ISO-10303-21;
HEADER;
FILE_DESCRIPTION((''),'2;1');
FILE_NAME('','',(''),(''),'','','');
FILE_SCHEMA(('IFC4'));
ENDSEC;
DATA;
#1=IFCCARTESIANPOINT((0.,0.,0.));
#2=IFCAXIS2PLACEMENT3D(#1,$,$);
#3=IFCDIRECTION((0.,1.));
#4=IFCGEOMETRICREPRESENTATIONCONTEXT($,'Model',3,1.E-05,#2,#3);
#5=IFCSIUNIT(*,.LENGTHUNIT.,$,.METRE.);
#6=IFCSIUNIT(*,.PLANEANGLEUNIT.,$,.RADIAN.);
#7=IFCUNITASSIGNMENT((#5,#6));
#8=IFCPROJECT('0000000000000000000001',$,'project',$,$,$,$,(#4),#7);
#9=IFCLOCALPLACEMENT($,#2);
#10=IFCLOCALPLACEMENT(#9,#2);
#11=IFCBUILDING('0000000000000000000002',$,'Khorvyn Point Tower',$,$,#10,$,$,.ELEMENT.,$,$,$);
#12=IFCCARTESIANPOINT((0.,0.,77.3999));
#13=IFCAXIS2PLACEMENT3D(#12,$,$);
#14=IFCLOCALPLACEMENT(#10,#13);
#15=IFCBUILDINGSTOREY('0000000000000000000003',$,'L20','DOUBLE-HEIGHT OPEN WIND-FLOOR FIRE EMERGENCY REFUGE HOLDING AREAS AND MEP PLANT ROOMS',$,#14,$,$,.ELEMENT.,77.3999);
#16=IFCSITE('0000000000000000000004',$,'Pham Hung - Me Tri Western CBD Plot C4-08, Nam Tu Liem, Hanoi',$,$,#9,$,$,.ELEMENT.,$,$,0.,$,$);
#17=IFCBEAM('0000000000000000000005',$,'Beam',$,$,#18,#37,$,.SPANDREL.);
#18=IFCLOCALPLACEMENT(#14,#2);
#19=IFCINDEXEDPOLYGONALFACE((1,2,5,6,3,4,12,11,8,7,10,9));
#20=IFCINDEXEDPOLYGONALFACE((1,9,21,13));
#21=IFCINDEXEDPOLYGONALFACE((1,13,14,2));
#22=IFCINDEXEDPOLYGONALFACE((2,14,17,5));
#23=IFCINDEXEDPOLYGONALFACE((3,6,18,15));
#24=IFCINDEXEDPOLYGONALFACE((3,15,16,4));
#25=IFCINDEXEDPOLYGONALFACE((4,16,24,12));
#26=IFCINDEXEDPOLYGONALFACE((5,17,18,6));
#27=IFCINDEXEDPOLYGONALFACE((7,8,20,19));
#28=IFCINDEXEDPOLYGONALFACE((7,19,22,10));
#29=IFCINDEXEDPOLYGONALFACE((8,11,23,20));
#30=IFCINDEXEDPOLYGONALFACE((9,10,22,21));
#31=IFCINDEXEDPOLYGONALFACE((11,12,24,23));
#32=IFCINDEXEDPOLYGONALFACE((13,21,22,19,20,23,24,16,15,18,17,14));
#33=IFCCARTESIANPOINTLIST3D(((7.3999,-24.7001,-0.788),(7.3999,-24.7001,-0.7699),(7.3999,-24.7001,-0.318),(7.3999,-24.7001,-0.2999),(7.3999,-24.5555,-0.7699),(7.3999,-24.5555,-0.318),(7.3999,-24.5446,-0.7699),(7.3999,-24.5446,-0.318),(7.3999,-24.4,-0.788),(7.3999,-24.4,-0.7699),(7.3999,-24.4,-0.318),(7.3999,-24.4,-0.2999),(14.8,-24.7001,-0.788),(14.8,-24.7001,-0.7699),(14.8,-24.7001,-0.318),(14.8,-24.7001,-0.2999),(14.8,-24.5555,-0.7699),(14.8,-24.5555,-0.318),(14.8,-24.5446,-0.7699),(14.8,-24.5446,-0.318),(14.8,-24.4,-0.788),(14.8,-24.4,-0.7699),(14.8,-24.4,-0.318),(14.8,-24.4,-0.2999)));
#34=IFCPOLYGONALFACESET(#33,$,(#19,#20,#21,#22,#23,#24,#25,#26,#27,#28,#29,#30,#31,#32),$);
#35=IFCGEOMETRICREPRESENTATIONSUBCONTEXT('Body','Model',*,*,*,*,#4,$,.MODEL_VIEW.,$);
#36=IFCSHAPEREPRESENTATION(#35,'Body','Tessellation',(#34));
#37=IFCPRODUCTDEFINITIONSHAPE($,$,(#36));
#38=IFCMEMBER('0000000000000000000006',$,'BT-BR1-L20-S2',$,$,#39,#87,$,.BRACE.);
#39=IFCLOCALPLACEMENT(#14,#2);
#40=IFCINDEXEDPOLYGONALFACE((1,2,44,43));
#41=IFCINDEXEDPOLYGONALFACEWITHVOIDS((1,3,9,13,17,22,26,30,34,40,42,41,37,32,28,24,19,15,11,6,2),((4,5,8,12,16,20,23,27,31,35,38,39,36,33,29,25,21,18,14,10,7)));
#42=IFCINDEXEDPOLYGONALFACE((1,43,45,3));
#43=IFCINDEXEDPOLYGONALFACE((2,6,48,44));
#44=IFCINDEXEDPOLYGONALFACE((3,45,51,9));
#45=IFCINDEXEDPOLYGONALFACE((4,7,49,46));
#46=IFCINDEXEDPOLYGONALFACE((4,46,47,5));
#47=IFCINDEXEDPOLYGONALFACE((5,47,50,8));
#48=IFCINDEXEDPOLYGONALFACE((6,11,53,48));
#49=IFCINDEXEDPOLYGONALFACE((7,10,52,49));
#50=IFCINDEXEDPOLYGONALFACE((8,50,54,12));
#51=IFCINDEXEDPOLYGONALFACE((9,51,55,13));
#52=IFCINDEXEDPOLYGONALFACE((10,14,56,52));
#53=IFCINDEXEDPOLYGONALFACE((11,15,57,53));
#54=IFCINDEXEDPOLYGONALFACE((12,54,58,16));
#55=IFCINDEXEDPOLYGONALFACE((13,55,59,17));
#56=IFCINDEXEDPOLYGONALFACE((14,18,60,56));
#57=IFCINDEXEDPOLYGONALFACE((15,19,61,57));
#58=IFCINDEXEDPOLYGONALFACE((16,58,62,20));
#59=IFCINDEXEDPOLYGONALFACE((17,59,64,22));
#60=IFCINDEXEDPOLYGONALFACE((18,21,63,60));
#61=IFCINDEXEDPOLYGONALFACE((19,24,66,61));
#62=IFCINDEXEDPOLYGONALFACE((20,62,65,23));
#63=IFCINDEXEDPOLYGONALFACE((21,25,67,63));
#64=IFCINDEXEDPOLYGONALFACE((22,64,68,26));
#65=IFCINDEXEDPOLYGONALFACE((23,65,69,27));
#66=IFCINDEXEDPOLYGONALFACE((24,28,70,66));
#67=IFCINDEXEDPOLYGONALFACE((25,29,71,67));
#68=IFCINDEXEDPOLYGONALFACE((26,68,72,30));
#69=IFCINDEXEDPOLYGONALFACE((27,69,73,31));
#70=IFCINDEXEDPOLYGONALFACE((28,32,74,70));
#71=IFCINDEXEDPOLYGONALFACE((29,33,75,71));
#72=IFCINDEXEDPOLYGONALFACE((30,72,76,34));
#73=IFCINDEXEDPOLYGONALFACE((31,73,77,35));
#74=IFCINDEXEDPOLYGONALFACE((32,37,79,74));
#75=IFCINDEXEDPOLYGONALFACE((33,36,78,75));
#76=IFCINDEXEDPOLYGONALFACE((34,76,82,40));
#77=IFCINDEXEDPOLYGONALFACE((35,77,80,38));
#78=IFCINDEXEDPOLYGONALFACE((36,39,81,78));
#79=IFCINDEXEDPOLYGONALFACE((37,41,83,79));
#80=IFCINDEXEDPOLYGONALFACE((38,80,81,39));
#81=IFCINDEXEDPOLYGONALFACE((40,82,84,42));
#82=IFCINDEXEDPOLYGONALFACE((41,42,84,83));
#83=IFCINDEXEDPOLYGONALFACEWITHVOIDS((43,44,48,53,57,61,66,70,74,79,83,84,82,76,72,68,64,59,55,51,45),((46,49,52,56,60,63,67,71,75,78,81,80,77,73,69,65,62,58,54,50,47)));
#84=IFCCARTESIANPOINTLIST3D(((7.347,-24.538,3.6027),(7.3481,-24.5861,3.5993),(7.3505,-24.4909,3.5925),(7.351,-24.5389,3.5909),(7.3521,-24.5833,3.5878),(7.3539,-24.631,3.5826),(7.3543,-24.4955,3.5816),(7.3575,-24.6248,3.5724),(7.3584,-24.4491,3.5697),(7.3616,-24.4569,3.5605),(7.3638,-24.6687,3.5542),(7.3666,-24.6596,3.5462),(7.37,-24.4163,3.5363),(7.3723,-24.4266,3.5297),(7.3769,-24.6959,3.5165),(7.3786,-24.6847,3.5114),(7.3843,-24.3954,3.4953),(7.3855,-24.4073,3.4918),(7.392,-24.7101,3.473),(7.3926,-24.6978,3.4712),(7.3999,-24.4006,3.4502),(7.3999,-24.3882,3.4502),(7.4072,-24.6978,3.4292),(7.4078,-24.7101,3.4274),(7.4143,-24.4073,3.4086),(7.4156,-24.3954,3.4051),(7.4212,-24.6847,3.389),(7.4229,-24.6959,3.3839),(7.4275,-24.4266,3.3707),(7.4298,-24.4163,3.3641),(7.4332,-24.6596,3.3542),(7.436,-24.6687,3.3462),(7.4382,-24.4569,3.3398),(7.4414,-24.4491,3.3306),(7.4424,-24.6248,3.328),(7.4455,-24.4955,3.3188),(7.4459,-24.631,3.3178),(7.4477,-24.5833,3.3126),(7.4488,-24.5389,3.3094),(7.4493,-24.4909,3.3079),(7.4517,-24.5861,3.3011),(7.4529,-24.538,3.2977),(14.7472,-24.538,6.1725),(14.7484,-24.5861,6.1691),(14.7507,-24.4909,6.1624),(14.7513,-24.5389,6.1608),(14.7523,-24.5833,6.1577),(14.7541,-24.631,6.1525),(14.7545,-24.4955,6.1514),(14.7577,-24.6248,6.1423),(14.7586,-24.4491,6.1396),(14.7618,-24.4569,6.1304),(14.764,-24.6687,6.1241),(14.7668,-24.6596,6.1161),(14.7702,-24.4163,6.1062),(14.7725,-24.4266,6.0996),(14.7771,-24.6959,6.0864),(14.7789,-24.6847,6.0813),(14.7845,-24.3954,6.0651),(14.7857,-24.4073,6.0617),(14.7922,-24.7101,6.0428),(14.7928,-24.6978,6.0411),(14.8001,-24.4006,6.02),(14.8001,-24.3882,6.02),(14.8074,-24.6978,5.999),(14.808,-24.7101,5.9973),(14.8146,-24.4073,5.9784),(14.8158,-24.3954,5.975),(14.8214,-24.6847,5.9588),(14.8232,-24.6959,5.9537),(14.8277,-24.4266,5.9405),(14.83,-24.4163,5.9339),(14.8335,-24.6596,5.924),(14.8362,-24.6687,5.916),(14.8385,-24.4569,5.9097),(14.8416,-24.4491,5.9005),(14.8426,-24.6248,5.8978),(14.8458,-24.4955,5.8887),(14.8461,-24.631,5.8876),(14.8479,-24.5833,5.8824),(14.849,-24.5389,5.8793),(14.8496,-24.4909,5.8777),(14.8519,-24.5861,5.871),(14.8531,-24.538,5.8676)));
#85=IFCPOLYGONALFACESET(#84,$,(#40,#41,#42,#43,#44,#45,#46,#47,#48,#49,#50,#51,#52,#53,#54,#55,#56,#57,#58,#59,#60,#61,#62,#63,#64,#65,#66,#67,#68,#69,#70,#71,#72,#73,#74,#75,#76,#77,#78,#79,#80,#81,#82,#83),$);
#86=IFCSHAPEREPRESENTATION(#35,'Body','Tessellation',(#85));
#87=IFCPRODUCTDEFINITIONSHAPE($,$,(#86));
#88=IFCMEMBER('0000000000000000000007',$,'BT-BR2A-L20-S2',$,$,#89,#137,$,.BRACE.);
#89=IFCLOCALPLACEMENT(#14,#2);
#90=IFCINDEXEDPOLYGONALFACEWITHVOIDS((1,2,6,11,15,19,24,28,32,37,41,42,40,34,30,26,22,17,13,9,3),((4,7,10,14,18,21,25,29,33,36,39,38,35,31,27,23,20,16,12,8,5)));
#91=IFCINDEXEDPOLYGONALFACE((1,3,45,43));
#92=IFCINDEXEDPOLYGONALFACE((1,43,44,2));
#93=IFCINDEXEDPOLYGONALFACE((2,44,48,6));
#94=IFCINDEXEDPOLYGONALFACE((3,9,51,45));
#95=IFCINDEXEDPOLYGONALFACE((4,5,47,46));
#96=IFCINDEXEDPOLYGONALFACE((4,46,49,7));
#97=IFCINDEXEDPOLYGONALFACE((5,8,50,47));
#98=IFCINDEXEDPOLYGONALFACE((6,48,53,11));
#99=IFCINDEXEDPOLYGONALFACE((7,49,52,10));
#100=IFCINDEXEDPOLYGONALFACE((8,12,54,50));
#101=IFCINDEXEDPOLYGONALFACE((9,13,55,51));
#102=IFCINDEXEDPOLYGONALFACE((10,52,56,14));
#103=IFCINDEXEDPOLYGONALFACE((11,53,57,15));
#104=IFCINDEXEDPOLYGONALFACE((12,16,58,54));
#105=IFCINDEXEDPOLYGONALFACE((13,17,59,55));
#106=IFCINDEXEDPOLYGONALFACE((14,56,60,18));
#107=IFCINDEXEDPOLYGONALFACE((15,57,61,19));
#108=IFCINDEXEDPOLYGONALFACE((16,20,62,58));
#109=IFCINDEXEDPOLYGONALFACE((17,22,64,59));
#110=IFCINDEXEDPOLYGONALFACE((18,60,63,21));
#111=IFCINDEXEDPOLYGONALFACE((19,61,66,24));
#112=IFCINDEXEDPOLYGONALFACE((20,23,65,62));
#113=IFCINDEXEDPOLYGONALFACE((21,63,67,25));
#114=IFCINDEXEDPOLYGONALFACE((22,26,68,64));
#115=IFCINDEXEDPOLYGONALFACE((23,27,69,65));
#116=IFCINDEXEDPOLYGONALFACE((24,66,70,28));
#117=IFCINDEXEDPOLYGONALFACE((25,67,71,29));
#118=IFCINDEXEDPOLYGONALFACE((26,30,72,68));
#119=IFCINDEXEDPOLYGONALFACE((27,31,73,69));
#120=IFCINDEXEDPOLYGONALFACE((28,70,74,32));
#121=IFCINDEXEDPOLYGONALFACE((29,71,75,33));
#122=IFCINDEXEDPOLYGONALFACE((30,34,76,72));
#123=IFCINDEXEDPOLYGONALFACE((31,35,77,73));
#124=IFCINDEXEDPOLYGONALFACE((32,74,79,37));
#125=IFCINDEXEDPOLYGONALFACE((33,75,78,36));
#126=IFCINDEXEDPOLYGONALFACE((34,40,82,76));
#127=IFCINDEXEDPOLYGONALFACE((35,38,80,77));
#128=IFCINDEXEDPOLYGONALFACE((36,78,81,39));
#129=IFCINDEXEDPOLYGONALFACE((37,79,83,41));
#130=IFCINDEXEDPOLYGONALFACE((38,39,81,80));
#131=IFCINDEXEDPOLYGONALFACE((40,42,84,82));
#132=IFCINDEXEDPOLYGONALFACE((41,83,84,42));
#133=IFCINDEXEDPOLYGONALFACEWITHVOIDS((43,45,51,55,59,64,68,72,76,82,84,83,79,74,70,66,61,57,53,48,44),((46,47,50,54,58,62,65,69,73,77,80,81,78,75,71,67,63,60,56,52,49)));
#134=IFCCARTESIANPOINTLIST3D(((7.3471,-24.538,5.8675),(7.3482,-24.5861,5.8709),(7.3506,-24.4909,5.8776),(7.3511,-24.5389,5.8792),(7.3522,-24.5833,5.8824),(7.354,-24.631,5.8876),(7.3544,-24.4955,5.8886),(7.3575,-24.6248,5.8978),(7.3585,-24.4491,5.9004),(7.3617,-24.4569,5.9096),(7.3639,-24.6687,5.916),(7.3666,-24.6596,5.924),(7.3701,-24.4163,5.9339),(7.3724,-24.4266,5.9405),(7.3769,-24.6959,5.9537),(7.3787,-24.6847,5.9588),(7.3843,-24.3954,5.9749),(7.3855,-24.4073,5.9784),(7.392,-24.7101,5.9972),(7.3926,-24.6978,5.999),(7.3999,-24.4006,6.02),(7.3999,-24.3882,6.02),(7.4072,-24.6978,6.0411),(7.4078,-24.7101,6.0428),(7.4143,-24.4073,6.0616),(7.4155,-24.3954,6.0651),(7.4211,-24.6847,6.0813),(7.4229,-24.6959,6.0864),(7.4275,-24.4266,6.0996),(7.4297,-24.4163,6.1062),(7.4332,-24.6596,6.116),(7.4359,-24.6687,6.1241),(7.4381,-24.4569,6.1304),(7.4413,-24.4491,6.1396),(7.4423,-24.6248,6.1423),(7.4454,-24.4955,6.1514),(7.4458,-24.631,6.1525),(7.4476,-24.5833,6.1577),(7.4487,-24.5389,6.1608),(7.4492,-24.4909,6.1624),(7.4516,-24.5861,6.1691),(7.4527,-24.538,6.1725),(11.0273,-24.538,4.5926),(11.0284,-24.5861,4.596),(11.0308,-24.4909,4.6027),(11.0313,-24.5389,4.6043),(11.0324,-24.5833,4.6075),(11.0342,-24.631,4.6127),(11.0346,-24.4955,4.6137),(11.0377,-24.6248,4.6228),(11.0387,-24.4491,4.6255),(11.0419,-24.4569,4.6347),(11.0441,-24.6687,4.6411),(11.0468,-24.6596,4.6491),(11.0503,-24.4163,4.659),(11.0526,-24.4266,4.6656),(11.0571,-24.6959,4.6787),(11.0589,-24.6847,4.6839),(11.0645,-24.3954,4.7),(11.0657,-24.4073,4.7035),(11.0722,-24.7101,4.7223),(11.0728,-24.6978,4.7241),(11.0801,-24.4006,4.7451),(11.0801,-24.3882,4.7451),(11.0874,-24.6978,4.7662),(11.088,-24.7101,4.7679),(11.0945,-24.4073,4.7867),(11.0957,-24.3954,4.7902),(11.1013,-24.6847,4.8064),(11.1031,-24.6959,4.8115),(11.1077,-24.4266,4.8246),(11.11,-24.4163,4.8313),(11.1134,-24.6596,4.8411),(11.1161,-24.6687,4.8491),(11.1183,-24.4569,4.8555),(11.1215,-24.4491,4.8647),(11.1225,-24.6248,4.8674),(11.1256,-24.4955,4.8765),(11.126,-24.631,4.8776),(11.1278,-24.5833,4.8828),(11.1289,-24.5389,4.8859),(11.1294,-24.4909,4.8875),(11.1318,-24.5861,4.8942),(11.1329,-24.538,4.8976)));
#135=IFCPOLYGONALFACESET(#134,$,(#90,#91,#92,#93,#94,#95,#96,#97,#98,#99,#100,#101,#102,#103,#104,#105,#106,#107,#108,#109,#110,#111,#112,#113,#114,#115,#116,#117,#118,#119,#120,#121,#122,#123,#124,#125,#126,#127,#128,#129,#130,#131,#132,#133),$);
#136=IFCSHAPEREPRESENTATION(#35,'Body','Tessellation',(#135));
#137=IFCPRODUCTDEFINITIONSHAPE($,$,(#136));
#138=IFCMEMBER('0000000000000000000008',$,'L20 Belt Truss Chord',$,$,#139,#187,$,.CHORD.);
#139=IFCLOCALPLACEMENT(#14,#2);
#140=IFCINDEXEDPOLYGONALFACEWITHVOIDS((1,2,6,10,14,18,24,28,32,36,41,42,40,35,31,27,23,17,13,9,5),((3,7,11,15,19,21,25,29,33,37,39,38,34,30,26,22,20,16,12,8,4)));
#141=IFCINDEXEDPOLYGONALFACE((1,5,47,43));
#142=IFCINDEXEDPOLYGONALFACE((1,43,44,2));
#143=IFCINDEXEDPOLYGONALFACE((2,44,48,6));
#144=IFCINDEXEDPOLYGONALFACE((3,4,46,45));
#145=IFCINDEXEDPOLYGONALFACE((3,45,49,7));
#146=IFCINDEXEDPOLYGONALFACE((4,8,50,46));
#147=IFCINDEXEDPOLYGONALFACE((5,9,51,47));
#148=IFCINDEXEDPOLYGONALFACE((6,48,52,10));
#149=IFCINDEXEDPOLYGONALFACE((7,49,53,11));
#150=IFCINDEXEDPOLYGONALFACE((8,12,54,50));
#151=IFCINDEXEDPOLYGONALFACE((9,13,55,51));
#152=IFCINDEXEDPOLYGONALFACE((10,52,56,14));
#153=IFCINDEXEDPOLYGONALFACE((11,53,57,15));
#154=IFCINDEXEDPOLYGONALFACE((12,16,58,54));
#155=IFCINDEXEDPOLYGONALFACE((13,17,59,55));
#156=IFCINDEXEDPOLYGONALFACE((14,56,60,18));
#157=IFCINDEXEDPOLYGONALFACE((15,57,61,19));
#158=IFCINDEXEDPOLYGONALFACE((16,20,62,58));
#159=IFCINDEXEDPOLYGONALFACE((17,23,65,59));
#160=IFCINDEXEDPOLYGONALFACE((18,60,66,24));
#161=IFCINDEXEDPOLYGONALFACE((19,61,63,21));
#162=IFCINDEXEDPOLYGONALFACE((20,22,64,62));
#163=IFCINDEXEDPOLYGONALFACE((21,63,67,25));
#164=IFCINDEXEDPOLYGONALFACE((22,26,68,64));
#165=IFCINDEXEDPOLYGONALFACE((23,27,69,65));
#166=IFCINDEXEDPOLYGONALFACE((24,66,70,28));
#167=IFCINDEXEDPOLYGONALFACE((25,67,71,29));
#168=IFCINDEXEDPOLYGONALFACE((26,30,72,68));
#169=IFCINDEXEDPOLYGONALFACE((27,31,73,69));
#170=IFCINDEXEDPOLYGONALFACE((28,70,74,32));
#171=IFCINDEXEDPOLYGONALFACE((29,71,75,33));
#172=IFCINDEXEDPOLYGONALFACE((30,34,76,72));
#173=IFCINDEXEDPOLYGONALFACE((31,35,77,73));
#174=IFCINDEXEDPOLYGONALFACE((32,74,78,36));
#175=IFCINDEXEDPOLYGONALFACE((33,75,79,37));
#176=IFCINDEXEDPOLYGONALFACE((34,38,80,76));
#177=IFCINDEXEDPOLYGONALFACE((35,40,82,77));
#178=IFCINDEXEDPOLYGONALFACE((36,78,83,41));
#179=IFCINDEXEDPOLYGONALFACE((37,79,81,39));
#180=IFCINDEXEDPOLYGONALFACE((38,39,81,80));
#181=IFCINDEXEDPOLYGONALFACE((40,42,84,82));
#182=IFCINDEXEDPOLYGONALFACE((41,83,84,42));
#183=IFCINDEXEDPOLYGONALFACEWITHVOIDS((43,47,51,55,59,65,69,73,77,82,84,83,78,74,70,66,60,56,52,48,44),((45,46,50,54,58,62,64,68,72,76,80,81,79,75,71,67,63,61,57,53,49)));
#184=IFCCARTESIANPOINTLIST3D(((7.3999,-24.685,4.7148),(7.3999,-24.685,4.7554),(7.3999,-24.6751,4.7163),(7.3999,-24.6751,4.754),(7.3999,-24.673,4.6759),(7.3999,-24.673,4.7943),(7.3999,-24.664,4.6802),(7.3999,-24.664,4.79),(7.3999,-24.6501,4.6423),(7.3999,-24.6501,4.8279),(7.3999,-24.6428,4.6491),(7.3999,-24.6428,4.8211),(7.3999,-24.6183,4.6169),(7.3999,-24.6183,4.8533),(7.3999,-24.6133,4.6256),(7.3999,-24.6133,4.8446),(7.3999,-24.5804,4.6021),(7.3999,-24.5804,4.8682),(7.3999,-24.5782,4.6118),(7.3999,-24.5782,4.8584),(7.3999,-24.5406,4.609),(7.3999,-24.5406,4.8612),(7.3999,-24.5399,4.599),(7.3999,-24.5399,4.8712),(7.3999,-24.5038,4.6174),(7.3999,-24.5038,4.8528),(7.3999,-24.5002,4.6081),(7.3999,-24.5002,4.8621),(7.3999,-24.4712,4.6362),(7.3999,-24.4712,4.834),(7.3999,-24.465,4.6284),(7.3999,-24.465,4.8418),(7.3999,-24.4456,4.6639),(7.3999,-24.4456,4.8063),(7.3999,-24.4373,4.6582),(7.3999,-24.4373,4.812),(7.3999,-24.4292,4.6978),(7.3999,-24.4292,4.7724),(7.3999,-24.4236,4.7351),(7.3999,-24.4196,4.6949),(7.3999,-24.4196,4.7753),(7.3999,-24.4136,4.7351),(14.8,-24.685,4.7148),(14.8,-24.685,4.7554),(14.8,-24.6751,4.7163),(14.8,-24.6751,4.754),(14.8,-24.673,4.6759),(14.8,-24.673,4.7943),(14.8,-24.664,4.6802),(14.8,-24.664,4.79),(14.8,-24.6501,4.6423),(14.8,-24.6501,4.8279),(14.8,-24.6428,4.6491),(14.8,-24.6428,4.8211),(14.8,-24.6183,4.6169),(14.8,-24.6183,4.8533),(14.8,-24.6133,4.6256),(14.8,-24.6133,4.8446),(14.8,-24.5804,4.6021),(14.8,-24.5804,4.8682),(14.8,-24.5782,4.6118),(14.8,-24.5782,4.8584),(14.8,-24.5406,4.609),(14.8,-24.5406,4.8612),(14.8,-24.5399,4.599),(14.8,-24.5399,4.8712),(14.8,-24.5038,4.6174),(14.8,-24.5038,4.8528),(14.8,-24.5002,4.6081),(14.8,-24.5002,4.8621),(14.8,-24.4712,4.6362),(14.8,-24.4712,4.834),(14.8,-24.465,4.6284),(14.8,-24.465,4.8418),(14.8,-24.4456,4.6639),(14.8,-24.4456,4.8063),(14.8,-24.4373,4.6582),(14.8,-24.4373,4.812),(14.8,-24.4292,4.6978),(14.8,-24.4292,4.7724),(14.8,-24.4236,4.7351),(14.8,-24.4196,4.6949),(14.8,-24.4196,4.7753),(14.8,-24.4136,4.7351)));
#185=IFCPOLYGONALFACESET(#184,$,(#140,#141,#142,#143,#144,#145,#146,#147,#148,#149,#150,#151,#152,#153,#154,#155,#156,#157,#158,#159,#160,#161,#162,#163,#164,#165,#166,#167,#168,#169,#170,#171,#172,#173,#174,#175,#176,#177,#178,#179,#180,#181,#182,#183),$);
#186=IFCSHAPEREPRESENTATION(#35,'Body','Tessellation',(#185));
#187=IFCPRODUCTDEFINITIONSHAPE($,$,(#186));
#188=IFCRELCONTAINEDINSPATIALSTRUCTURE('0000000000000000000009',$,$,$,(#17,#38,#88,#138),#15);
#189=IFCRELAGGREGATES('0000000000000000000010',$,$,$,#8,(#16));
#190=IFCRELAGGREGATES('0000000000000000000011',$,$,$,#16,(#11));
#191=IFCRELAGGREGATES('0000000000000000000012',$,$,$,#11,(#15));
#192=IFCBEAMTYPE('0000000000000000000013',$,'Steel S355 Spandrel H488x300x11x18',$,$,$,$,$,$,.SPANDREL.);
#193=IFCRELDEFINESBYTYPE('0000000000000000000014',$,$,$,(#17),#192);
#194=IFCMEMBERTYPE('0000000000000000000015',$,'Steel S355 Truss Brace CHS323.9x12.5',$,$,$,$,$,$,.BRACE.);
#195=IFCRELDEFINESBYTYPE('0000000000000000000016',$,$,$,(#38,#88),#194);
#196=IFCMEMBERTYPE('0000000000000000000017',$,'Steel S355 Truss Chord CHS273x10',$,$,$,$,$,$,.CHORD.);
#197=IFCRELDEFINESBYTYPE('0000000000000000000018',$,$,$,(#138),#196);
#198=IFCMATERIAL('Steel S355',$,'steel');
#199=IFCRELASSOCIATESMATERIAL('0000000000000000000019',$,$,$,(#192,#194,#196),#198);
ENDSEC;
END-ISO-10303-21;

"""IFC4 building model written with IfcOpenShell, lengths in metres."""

from ifc_helpers import new_model, si_unit, direction, frame, origin, origin_2d, place, context, subcontext, project, spatial, hollow_circle, i_section, extrude, material, material_profile, profile_set, type_object, element, save


model = new_model("IFC4")

# Units and contexts
model_context = context("Model", 3, precision=1e-05, world=origin(), true_north=direction((0.0, 1.0)))
body_context = subcontext(model_context, "Body", "Model", "MODEL_VIEW")
ifc_project = project(units=[si_unit("LENGTHUNIT", "METRE"), si_unit("PLANEANGLEUNIT", "RADIAN")], contexts=[model_context])

# Site, building, storey
site_placement = place(None, origin())
site = spatial("IfcSite", under=ifc_project, at=site_placement, Name="Pham Hung - Me Tri Western CBD Plot C4-08, Nam Tu Liem, Hanoi", CompositionType="ELEMENT", RefElevation=0.0)
building_placement = place(site_placement, origin())
building = spatial("IfcBuilding", under=site, at=building_placement, Name="Khorvyn Point Tower", CompositionType="ELEMENT")
storey_placement = place(building_placement, frame((0.0, 0.0, 77.3999)))
storey = spatial("IfcBuildingStorey", under=building, at=storey_placement, Name="L20", Description="DOUBLE-HEIGHT OPEN WIND-FLOOR FIRE EMERGENCY REFUGE HOLDING AREAS AND MEP PLANT ROOMS", CompositionType="ELEMENT", Elevation=77.3999)

# Beam
ifc_material_1 = material(Name="Steel S355", Category="steel")
ifc_material_profile_1 = material_profile(ifc_material_1, i_section(OverallWidth=0.3, OverallDepth=0.488, WebThickness=0.011, FlangeThickness=0.0181, at=origin_2d()))
ifc_profile_set_1 = profile_set([ifc_material_profile_1], Name="Steel S355 H488x300x11x18")
beam_type_1 = type_object("IfcBeamType", Name="Steel S355 Spandrel H488x300x11x18", PredefinedType="SPANDREL", material=ifc_profile_set_1)
beam_1_placement = place(storey_placement, frame((7.3999, -24.55, -0.5439), z_axis=(1.0, 0.0, 0.0), x_axis=(0.0, 1.0, 0.0)))
element("IfcBeam", 1, at=beam_1_placement, inside=storey, type_object=beam_type_1, Name="Beam", PredefinedType="SPANDREL", context=body_context, shape_type="SweptSolid", body=[
    extrude(i_section(OverallWidth=0.3, OverallDepth=0.488, WebThickness=0.011, FlangeThickness=0.0181, at=origin_2d()), origin(), (0.0, 0.0, 1.0), 7.4001),
])

# Members
ifc_material_profile_2 = material_profile(ifc_material_1, hollow_circle(Radius=0.1619, WallThickness=0.0125, at=origin_2d()))
ifc_profile_set_2 = profile_set([ifc_material_profile_2], Name="Steel S355 CHS323.9x12.5")
member_type_1 = type_object("IfcMemberType", Name="Steel S355 Truss Brace CHS323.9x12.5", PredefinedType="BRACE", material=ifc_profile_set_2)
member_1_placement = place(storey_placement, frame((7.3999, -24.55, 3.4502), z_axis=(0.944661, 0.0, 0.328049), x_axis=(0.0, 1.0, 0.0)))
element("IfcMember", 2, at=member_1_placement, inside=storey, type_object=member_type_1, Name="BT-BR1-L20-S2", PredefinedType="BRACE", context=body_context, shape_type="SweptSolid", body=[
    extrude(hollow_circle(Radius=0.1619, WallThickness=0.0125, at=origin_2d()), origin(), (0.0, 0.0, 1.0), 7.8337),
])
member_2_placement = place(storey_placement, frame((7.3999, -24.55, 6.02), z_axis=(0.944907, 0.0, -0.327339), x_axis=(0.0, 1.0, 0.0)))
element("IfcMember", 3, at=member_2_placement, inside=storey, type_object=member_type_1, Name="BT-BR2A-L20-S2", PredefinedType="BRACE", context=body_context, shape_type="SweptSolid", body=[
    extrude(hollow_circle(Radius=0.1619, WallThickness=0.0125, at=origin_2d()), origin(), (0.0, 0.0, 1.0), 3.8948),
])
ifc_material_profile_3 = material_profile(ifc_material_1, hollow_circle(Radius=0.1365, WallThickness=0.01, at=origin_2d()))
ifc_profile_set_3 = profile_set([ifc_material_profile_3], Name="Steel S355 CHS273x10")
member_type_2 = type_object("IfcMemberType", Name="Steel S355 Truss Chord CHS273x10", PredefinedType="CHORD", material=ifc_profile_set_3)
member_3_placement = place(storey_placement, frame((7.3999, -24.55, 4.7351), z_axis=(1.0, 0.0, 0.0), x_axis=(0.0, 1.0, 0.0)))
element("IfcMember", 4, at=member_3_placement, inside=storey, type_object=member_type_2, Name="L20 Belt Truss Chord", PredefinedType="CHORD", context=body_context, shape_type="SweptSolid", body=[
    extrude(hollow_circle(Radius=0.1365, WallThickness=0.01, at=origin_2d()), origin(), (0.0, 0.0, 1.0), 7.4001),
])

save(model, "model.ifc")
